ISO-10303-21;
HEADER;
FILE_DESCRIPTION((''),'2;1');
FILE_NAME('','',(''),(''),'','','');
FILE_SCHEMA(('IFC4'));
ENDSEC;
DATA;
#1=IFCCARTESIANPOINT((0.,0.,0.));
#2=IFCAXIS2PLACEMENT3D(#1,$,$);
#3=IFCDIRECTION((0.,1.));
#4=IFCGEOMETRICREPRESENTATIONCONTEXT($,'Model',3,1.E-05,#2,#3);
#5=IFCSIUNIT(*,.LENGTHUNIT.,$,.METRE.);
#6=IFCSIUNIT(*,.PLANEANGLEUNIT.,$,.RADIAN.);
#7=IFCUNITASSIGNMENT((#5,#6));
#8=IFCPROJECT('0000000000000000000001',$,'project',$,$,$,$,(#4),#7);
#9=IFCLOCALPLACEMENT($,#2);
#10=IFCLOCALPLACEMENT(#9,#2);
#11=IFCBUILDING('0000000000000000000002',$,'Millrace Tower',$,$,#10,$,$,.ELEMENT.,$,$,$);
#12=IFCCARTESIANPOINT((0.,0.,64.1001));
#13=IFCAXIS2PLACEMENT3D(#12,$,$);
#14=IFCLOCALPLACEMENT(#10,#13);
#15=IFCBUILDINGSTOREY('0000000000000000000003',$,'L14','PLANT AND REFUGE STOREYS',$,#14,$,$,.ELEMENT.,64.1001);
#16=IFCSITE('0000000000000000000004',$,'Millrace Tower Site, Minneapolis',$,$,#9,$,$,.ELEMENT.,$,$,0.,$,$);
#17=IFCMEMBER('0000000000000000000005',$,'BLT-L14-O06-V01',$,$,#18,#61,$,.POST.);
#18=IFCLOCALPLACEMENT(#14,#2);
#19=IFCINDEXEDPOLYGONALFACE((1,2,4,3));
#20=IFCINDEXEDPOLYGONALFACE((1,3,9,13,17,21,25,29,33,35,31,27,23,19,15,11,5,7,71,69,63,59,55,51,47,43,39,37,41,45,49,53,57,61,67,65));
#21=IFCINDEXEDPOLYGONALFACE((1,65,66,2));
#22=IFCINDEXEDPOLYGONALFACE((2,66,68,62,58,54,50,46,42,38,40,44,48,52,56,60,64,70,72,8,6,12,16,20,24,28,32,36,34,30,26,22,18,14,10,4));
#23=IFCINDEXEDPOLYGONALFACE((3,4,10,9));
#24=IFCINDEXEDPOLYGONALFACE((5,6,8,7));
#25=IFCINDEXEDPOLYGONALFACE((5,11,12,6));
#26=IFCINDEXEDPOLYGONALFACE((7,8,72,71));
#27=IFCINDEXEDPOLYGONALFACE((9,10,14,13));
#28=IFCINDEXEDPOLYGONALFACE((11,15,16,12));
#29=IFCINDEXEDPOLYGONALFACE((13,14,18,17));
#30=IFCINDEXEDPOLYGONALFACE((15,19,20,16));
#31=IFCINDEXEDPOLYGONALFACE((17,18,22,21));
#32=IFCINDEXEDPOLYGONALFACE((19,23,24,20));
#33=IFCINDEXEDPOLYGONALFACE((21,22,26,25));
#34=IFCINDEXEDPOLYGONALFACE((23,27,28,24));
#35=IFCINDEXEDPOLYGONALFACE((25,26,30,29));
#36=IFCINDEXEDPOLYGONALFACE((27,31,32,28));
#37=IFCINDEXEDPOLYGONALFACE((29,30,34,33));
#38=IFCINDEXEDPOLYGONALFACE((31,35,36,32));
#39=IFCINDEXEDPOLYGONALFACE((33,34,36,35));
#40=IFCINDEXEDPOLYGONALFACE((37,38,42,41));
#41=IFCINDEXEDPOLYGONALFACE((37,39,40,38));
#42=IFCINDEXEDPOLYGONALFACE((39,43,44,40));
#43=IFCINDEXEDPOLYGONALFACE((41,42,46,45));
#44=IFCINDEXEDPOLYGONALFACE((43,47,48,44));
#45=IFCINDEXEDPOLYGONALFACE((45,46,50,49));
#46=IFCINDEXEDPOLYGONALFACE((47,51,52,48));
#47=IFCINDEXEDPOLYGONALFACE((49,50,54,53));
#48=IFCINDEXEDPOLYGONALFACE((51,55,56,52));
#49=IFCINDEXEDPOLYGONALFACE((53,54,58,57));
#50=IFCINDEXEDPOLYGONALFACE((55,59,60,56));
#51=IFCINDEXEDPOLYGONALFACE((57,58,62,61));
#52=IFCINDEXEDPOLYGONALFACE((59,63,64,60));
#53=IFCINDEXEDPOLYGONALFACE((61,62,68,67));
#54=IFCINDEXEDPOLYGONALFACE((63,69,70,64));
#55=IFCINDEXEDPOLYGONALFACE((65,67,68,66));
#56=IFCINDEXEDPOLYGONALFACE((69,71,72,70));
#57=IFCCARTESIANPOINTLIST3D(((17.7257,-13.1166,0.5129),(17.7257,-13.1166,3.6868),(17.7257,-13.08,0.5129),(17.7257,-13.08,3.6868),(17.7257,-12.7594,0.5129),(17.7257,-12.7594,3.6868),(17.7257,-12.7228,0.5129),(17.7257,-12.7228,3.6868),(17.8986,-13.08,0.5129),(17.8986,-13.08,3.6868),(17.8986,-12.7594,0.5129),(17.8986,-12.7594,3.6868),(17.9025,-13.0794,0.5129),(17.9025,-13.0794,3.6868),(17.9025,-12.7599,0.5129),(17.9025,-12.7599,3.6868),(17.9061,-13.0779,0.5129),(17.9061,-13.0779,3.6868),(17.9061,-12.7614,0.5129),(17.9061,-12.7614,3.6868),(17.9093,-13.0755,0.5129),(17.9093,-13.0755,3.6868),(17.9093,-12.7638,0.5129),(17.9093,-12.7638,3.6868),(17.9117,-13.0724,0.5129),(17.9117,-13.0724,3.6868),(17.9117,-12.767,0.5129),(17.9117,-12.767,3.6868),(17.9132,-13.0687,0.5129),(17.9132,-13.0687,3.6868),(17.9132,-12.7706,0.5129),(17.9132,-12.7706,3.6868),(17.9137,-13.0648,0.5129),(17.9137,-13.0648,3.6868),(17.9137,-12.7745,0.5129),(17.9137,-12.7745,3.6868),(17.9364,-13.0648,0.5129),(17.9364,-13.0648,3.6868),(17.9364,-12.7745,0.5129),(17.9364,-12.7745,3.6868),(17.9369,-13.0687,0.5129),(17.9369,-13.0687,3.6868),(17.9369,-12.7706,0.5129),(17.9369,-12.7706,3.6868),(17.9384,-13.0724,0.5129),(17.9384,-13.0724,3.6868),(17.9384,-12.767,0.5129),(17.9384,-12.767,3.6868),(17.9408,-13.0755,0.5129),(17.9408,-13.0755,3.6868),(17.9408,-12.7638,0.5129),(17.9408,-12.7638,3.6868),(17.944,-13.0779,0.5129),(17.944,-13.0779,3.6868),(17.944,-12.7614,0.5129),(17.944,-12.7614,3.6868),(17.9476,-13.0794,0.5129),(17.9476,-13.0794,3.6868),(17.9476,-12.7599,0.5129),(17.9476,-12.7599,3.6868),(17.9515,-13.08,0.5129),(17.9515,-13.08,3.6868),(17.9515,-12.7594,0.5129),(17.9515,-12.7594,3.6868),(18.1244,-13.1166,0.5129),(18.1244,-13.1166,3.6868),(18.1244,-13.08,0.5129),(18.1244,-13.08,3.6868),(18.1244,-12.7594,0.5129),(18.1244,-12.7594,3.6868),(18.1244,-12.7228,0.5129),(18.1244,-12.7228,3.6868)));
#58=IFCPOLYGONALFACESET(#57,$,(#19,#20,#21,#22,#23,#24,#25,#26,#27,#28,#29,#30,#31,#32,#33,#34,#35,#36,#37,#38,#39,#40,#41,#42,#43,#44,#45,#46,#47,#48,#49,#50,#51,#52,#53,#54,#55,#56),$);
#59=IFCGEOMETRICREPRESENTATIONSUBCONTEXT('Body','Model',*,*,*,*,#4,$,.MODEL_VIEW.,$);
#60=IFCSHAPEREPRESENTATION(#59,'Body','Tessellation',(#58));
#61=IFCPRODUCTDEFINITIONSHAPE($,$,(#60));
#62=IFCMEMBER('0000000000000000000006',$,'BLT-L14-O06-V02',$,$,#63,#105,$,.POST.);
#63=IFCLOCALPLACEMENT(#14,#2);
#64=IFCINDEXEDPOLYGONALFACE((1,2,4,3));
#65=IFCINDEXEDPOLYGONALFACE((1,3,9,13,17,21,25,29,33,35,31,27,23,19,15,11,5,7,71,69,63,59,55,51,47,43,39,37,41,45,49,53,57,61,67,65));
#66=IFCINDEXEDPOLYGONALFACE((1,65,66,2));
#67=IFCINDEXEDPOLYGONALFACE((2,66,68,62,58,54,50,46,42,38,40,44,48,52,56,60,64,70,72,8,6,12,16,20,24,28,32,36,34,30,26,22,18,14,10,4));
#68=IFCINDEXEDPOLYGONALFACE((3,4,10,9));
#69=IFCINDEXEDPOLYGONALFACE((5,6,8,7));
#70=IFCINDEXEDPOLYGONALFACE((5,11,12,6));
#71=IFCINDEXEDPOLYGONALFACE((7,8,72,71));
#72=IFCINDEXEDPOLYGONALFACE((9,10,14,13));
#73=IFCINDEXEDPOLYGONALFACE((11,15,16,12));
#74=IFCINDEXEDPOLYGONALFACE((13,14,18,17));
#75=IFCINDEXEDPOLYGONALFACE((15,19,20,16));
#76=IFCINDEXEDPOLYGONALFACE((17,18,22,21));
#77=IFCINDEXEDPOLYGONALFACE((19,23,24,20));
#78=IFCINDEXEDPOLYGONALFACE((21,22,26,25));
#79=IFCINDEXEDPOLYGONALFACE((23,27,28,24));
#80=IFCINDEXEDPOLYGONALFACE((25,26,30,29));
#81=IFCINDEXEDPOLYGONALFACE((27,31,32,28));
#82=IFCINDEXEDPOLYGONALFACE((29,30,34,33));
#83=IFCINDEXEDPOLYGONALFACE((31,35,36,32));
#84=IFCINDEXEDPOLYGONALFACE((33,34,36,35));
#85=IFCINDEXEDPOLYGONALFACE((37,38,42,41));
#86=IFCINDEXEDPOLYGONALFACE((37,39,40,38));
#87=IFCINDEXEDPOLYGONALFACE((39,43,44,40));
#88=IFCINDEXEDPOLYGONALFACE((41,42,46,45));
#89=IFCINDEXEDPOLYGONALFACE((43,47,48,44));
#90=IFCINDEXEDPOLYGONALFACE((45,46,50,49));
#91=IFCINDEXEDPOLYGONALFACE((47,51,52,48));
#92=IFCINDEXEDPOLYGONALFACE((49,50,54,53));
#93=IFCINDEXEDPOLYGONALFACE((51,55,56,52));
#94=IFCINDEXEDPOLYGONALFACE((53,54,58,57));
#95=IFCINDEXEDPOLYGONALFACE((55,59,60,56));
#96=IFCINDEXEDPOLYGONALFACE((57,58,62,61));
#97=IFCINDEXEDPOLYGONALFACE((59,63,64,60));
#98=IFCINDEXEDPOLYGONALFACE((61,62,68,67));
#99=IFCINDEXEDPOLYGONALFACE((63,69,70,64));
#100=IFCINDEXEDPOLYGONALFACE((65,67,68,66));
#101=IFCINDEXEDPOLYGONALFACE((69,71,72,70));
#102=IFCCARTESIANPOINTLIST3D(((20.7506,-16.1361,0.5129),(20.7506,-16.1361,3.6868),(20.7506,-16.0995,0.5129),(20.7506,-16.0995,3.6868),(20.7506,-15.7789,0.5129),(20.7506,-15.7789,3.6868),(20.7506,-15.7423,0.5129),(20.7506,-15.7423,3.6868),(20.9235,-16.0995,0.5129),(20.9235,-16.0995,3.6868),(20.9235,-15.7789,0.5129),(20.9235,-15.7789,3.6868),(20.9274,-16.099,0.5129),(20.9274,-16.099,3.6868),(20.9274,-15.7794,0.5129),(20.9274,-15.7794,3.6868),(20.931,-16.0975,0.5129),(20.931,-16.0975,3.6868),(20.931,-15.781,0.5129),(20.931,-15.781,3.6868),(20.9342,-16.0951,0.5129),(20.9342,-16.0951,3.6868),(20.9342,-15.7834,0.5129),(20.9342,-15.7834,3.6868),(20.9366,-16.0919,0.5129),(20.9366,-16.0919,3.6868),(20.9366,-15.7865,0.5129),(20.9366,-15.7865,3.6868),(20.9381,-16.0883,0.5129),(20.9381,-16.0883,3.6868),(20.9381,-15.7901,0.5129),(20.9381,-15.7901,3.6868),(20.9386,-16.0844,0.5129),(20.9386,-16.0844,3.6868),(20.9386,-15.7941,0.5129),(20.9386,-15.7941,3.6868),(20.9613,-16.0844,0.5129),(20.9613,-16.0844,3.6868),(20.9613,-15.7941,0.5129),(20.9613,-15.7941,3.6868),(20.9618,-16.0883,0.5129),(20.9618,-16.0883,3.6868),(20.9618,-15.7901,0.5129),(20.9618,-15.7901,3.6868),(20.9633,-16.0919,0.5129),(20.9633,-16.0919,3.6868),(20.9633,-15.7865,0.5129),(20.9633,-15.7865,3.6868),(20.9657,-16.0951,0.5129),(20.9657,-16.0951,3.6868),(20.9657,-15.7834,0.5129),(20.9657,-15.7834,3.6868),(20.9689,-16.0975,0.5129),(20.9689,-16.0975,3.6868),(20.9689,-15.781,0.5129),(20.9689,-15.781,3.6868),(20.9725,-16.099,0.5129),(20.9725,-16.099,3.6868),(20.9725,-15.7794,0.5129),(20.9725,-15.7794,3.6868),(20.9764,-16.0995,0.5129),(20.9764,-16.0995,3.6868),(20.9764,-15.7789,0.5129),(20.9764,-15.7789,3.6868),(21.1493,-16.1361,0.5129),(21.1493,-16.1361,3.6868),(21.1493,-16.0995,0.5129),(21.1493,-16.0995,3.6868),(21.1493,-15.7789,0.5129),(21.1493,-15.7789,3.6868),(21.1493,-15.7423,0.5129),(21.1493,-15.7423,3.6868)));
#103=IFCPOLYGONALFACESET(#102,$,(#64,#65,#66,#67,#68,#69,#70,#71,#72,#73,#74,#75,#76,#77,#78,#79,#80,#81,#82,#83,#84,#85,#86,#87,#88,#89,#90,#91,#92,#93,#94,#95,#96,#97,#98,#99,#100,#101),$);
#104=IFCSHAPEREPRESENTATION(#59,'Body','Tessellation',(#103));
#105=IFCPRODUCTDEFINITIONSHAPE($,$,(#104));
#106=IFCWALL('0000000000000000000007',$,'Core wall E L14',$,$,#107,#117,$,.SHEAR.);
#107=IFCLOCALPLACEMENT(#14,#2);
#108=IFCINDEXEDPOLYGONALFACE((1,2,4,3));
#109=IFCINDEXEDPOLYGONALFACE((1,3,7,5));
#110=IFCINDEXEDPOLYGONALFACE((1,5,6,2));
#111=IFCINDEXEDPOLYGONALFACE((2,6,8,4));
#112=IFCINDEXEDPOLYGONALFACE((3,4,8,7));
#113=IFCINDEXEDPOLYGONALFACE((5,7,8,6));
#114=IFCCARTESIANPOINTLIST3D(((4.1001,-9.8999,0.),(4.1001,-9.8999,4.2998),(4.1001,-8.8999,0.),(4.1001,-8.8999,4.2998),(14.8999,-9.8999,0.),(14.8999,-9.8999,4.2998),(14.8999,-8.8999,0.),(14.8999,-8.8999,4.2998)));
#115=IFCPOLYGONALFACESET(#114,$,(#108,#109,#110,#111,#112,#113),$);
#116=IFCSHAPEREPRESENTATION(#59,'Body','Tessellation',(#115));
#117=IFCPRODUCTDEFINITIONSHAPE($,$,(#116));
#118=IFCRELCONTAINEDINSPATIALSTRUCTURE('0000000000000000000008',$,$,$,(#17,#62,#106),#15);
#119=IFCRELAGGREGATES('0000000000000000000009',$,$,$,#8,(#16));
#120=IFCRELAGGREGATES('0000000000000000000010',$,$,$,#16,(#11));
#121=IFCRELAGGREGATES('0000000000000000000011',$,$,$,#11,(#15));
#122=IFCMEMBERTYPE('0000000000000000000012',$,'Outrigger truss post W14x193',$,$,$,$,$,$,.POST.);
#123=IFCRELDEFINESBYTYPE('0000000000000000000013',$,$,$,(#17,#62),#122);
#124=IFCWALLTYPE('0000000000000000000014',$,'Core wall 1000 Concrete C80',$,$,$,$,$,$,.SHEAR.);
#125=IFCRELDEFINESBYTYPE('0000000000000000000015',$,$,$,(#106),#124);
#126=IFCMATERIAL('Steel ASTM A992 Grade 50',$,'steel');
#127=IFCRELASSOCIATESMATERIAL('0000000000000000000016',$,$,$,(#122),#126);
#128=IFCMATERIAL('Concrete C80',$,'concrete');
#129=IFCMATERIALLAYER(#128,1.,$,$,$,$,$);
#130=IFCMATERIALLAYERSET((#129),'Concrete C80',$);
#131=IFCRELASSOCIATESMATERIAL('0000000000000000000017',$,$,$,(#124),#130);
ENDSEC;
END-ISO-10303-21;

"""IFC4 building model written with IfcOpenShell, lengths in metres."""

from ifc_helpers import new_model, si_unit, direction, frame, frame_2d, origin, origin_2d, place, context, subcontext, project, spatial, rectangle, i_section, extrude, material, layer, layer_set, material_profile, profile_set, type_object, element, save


model = new_model("IFC4")

# Units and contexts
model_context = context("Model", 3, precision=1e-05, world=origin(), true_north=direction((0.0, 1.0)))
body_context = subcontext(model_context, "Body", "Model", "MODEL_VIEW")
ifc_project = project(units=[si_unit("LENGTHUNIT", "METRE"), si_unit("PLANEANGLEUNIT", "RADIAN")], contexts=[model_context])

# Site, building, storey
site_placement = place(None, origin())
site = spatial("IfcSite", under=ifc_project, at=site_placement, Name="Millrace Tower Site, Minneapolis", CompositionType="ELEMENT", RefElevation=0.0)
building_placement = place(site_placement, origin())
building = spatial("IfcBuilding", under=site, at=building_placement, Name="Millrace Tower", CompositionType="ELEMENT")
storey_placement = place(building_placement, frame((0.0, 0.0, 64.1001)))
storey = spatial("IfcBuildingStorey", under=building, at=storey_placement, Name="L14", Description="PLANT AND REFUGE STOREYS", CompositionType="ELEMENT", Elevation=64.1001)

# Members
ifc_material_1 = material(Name="Steel ASTM A992 Grade 50", Category="steel")
ifc_material_profile_1 = material_profile(ifc_material_1, i_section(OverallWidth=0.3987, OverallDepth=0.3938, WebThickness=0.0227, FlangeThickness=0.0366, FilletRadius=0.0151, at=origin_2d()))
ifc_profile_set_1 = profile_set([ifc_material_profile_1], Name="Steel ASTM A992 Grade 50")
member_type_1 = type_object("IfcMemberType", Name="Outrigger truss post W14x193", PredefinedType="POST", material=ifc_profile_set_1)
for number, where, z_axis, x_axis, name in (
    (1, (17.925, -12.9197, 0.5129), (0.0, 0.0, 1.0), (1.0, 0.0, 0.0), "BLT-L14-O06-V01"),
    (2, (20.95, -15.9392, 0.5129), (0.0, 0.0, 1.0), (1.0, 0.0, 0.0), "BLT-L14-O06-V02"),
):
    element("IfcMember", number, at=place(storey_placement, frame(where, z_axis=z_axis, x_axis=x_axis)), inside=storey, type_object=member_type_1, Name=name, PredefinedType="POST", context=body_context, shape_type="SweptSolid", body=[
        extrude(i_section(OverallWidth=0.3987, OverallDepth=0.3938, WebThickness=0.0227, FlangeThickness=0.0366, FilletRadius=0.0151, at=origin_2d()), origin(), (0.0, 0.0, 1.0), 3.1738),
    ])

# Wall
ifc_material_2 = material(Name="Concrete C80", Category="concrete")
ifc_layer_1 = layer(ifc_material_2, 1.0)
ifc_layer_set_1 = layer_set([ifc_layer_1], Name="Concrete C80")
wall_type_1 = type_object("IfcWallType", Name="Core wall 1000 Concrete C80", PredefinedType="SHEAR", material=ifc_layer_set_1)
wall_1_placement = place(storey_placement, frame((14.8999, -9.3999, 0.0), z_axis=(0.0, 0.0, 1.0), x_axis=(-1.0, 0.0, 0.0)))
element("IfcWall", 3, at=wall_1_placement, inside=storey, type_object=wall_type_1, Name="Core wall E L14", PredefinedType="SHEAR", context=body_context, shape_type="SweptSolid", body=[
    extrude(rectangle(XDim=10.7998, YDim=1.0, at=frame_2d((5.3999, 0.0))), origin(), (0.0, 0.0, 1.0), 4.2998),
])

save(model, "model.ifc")
